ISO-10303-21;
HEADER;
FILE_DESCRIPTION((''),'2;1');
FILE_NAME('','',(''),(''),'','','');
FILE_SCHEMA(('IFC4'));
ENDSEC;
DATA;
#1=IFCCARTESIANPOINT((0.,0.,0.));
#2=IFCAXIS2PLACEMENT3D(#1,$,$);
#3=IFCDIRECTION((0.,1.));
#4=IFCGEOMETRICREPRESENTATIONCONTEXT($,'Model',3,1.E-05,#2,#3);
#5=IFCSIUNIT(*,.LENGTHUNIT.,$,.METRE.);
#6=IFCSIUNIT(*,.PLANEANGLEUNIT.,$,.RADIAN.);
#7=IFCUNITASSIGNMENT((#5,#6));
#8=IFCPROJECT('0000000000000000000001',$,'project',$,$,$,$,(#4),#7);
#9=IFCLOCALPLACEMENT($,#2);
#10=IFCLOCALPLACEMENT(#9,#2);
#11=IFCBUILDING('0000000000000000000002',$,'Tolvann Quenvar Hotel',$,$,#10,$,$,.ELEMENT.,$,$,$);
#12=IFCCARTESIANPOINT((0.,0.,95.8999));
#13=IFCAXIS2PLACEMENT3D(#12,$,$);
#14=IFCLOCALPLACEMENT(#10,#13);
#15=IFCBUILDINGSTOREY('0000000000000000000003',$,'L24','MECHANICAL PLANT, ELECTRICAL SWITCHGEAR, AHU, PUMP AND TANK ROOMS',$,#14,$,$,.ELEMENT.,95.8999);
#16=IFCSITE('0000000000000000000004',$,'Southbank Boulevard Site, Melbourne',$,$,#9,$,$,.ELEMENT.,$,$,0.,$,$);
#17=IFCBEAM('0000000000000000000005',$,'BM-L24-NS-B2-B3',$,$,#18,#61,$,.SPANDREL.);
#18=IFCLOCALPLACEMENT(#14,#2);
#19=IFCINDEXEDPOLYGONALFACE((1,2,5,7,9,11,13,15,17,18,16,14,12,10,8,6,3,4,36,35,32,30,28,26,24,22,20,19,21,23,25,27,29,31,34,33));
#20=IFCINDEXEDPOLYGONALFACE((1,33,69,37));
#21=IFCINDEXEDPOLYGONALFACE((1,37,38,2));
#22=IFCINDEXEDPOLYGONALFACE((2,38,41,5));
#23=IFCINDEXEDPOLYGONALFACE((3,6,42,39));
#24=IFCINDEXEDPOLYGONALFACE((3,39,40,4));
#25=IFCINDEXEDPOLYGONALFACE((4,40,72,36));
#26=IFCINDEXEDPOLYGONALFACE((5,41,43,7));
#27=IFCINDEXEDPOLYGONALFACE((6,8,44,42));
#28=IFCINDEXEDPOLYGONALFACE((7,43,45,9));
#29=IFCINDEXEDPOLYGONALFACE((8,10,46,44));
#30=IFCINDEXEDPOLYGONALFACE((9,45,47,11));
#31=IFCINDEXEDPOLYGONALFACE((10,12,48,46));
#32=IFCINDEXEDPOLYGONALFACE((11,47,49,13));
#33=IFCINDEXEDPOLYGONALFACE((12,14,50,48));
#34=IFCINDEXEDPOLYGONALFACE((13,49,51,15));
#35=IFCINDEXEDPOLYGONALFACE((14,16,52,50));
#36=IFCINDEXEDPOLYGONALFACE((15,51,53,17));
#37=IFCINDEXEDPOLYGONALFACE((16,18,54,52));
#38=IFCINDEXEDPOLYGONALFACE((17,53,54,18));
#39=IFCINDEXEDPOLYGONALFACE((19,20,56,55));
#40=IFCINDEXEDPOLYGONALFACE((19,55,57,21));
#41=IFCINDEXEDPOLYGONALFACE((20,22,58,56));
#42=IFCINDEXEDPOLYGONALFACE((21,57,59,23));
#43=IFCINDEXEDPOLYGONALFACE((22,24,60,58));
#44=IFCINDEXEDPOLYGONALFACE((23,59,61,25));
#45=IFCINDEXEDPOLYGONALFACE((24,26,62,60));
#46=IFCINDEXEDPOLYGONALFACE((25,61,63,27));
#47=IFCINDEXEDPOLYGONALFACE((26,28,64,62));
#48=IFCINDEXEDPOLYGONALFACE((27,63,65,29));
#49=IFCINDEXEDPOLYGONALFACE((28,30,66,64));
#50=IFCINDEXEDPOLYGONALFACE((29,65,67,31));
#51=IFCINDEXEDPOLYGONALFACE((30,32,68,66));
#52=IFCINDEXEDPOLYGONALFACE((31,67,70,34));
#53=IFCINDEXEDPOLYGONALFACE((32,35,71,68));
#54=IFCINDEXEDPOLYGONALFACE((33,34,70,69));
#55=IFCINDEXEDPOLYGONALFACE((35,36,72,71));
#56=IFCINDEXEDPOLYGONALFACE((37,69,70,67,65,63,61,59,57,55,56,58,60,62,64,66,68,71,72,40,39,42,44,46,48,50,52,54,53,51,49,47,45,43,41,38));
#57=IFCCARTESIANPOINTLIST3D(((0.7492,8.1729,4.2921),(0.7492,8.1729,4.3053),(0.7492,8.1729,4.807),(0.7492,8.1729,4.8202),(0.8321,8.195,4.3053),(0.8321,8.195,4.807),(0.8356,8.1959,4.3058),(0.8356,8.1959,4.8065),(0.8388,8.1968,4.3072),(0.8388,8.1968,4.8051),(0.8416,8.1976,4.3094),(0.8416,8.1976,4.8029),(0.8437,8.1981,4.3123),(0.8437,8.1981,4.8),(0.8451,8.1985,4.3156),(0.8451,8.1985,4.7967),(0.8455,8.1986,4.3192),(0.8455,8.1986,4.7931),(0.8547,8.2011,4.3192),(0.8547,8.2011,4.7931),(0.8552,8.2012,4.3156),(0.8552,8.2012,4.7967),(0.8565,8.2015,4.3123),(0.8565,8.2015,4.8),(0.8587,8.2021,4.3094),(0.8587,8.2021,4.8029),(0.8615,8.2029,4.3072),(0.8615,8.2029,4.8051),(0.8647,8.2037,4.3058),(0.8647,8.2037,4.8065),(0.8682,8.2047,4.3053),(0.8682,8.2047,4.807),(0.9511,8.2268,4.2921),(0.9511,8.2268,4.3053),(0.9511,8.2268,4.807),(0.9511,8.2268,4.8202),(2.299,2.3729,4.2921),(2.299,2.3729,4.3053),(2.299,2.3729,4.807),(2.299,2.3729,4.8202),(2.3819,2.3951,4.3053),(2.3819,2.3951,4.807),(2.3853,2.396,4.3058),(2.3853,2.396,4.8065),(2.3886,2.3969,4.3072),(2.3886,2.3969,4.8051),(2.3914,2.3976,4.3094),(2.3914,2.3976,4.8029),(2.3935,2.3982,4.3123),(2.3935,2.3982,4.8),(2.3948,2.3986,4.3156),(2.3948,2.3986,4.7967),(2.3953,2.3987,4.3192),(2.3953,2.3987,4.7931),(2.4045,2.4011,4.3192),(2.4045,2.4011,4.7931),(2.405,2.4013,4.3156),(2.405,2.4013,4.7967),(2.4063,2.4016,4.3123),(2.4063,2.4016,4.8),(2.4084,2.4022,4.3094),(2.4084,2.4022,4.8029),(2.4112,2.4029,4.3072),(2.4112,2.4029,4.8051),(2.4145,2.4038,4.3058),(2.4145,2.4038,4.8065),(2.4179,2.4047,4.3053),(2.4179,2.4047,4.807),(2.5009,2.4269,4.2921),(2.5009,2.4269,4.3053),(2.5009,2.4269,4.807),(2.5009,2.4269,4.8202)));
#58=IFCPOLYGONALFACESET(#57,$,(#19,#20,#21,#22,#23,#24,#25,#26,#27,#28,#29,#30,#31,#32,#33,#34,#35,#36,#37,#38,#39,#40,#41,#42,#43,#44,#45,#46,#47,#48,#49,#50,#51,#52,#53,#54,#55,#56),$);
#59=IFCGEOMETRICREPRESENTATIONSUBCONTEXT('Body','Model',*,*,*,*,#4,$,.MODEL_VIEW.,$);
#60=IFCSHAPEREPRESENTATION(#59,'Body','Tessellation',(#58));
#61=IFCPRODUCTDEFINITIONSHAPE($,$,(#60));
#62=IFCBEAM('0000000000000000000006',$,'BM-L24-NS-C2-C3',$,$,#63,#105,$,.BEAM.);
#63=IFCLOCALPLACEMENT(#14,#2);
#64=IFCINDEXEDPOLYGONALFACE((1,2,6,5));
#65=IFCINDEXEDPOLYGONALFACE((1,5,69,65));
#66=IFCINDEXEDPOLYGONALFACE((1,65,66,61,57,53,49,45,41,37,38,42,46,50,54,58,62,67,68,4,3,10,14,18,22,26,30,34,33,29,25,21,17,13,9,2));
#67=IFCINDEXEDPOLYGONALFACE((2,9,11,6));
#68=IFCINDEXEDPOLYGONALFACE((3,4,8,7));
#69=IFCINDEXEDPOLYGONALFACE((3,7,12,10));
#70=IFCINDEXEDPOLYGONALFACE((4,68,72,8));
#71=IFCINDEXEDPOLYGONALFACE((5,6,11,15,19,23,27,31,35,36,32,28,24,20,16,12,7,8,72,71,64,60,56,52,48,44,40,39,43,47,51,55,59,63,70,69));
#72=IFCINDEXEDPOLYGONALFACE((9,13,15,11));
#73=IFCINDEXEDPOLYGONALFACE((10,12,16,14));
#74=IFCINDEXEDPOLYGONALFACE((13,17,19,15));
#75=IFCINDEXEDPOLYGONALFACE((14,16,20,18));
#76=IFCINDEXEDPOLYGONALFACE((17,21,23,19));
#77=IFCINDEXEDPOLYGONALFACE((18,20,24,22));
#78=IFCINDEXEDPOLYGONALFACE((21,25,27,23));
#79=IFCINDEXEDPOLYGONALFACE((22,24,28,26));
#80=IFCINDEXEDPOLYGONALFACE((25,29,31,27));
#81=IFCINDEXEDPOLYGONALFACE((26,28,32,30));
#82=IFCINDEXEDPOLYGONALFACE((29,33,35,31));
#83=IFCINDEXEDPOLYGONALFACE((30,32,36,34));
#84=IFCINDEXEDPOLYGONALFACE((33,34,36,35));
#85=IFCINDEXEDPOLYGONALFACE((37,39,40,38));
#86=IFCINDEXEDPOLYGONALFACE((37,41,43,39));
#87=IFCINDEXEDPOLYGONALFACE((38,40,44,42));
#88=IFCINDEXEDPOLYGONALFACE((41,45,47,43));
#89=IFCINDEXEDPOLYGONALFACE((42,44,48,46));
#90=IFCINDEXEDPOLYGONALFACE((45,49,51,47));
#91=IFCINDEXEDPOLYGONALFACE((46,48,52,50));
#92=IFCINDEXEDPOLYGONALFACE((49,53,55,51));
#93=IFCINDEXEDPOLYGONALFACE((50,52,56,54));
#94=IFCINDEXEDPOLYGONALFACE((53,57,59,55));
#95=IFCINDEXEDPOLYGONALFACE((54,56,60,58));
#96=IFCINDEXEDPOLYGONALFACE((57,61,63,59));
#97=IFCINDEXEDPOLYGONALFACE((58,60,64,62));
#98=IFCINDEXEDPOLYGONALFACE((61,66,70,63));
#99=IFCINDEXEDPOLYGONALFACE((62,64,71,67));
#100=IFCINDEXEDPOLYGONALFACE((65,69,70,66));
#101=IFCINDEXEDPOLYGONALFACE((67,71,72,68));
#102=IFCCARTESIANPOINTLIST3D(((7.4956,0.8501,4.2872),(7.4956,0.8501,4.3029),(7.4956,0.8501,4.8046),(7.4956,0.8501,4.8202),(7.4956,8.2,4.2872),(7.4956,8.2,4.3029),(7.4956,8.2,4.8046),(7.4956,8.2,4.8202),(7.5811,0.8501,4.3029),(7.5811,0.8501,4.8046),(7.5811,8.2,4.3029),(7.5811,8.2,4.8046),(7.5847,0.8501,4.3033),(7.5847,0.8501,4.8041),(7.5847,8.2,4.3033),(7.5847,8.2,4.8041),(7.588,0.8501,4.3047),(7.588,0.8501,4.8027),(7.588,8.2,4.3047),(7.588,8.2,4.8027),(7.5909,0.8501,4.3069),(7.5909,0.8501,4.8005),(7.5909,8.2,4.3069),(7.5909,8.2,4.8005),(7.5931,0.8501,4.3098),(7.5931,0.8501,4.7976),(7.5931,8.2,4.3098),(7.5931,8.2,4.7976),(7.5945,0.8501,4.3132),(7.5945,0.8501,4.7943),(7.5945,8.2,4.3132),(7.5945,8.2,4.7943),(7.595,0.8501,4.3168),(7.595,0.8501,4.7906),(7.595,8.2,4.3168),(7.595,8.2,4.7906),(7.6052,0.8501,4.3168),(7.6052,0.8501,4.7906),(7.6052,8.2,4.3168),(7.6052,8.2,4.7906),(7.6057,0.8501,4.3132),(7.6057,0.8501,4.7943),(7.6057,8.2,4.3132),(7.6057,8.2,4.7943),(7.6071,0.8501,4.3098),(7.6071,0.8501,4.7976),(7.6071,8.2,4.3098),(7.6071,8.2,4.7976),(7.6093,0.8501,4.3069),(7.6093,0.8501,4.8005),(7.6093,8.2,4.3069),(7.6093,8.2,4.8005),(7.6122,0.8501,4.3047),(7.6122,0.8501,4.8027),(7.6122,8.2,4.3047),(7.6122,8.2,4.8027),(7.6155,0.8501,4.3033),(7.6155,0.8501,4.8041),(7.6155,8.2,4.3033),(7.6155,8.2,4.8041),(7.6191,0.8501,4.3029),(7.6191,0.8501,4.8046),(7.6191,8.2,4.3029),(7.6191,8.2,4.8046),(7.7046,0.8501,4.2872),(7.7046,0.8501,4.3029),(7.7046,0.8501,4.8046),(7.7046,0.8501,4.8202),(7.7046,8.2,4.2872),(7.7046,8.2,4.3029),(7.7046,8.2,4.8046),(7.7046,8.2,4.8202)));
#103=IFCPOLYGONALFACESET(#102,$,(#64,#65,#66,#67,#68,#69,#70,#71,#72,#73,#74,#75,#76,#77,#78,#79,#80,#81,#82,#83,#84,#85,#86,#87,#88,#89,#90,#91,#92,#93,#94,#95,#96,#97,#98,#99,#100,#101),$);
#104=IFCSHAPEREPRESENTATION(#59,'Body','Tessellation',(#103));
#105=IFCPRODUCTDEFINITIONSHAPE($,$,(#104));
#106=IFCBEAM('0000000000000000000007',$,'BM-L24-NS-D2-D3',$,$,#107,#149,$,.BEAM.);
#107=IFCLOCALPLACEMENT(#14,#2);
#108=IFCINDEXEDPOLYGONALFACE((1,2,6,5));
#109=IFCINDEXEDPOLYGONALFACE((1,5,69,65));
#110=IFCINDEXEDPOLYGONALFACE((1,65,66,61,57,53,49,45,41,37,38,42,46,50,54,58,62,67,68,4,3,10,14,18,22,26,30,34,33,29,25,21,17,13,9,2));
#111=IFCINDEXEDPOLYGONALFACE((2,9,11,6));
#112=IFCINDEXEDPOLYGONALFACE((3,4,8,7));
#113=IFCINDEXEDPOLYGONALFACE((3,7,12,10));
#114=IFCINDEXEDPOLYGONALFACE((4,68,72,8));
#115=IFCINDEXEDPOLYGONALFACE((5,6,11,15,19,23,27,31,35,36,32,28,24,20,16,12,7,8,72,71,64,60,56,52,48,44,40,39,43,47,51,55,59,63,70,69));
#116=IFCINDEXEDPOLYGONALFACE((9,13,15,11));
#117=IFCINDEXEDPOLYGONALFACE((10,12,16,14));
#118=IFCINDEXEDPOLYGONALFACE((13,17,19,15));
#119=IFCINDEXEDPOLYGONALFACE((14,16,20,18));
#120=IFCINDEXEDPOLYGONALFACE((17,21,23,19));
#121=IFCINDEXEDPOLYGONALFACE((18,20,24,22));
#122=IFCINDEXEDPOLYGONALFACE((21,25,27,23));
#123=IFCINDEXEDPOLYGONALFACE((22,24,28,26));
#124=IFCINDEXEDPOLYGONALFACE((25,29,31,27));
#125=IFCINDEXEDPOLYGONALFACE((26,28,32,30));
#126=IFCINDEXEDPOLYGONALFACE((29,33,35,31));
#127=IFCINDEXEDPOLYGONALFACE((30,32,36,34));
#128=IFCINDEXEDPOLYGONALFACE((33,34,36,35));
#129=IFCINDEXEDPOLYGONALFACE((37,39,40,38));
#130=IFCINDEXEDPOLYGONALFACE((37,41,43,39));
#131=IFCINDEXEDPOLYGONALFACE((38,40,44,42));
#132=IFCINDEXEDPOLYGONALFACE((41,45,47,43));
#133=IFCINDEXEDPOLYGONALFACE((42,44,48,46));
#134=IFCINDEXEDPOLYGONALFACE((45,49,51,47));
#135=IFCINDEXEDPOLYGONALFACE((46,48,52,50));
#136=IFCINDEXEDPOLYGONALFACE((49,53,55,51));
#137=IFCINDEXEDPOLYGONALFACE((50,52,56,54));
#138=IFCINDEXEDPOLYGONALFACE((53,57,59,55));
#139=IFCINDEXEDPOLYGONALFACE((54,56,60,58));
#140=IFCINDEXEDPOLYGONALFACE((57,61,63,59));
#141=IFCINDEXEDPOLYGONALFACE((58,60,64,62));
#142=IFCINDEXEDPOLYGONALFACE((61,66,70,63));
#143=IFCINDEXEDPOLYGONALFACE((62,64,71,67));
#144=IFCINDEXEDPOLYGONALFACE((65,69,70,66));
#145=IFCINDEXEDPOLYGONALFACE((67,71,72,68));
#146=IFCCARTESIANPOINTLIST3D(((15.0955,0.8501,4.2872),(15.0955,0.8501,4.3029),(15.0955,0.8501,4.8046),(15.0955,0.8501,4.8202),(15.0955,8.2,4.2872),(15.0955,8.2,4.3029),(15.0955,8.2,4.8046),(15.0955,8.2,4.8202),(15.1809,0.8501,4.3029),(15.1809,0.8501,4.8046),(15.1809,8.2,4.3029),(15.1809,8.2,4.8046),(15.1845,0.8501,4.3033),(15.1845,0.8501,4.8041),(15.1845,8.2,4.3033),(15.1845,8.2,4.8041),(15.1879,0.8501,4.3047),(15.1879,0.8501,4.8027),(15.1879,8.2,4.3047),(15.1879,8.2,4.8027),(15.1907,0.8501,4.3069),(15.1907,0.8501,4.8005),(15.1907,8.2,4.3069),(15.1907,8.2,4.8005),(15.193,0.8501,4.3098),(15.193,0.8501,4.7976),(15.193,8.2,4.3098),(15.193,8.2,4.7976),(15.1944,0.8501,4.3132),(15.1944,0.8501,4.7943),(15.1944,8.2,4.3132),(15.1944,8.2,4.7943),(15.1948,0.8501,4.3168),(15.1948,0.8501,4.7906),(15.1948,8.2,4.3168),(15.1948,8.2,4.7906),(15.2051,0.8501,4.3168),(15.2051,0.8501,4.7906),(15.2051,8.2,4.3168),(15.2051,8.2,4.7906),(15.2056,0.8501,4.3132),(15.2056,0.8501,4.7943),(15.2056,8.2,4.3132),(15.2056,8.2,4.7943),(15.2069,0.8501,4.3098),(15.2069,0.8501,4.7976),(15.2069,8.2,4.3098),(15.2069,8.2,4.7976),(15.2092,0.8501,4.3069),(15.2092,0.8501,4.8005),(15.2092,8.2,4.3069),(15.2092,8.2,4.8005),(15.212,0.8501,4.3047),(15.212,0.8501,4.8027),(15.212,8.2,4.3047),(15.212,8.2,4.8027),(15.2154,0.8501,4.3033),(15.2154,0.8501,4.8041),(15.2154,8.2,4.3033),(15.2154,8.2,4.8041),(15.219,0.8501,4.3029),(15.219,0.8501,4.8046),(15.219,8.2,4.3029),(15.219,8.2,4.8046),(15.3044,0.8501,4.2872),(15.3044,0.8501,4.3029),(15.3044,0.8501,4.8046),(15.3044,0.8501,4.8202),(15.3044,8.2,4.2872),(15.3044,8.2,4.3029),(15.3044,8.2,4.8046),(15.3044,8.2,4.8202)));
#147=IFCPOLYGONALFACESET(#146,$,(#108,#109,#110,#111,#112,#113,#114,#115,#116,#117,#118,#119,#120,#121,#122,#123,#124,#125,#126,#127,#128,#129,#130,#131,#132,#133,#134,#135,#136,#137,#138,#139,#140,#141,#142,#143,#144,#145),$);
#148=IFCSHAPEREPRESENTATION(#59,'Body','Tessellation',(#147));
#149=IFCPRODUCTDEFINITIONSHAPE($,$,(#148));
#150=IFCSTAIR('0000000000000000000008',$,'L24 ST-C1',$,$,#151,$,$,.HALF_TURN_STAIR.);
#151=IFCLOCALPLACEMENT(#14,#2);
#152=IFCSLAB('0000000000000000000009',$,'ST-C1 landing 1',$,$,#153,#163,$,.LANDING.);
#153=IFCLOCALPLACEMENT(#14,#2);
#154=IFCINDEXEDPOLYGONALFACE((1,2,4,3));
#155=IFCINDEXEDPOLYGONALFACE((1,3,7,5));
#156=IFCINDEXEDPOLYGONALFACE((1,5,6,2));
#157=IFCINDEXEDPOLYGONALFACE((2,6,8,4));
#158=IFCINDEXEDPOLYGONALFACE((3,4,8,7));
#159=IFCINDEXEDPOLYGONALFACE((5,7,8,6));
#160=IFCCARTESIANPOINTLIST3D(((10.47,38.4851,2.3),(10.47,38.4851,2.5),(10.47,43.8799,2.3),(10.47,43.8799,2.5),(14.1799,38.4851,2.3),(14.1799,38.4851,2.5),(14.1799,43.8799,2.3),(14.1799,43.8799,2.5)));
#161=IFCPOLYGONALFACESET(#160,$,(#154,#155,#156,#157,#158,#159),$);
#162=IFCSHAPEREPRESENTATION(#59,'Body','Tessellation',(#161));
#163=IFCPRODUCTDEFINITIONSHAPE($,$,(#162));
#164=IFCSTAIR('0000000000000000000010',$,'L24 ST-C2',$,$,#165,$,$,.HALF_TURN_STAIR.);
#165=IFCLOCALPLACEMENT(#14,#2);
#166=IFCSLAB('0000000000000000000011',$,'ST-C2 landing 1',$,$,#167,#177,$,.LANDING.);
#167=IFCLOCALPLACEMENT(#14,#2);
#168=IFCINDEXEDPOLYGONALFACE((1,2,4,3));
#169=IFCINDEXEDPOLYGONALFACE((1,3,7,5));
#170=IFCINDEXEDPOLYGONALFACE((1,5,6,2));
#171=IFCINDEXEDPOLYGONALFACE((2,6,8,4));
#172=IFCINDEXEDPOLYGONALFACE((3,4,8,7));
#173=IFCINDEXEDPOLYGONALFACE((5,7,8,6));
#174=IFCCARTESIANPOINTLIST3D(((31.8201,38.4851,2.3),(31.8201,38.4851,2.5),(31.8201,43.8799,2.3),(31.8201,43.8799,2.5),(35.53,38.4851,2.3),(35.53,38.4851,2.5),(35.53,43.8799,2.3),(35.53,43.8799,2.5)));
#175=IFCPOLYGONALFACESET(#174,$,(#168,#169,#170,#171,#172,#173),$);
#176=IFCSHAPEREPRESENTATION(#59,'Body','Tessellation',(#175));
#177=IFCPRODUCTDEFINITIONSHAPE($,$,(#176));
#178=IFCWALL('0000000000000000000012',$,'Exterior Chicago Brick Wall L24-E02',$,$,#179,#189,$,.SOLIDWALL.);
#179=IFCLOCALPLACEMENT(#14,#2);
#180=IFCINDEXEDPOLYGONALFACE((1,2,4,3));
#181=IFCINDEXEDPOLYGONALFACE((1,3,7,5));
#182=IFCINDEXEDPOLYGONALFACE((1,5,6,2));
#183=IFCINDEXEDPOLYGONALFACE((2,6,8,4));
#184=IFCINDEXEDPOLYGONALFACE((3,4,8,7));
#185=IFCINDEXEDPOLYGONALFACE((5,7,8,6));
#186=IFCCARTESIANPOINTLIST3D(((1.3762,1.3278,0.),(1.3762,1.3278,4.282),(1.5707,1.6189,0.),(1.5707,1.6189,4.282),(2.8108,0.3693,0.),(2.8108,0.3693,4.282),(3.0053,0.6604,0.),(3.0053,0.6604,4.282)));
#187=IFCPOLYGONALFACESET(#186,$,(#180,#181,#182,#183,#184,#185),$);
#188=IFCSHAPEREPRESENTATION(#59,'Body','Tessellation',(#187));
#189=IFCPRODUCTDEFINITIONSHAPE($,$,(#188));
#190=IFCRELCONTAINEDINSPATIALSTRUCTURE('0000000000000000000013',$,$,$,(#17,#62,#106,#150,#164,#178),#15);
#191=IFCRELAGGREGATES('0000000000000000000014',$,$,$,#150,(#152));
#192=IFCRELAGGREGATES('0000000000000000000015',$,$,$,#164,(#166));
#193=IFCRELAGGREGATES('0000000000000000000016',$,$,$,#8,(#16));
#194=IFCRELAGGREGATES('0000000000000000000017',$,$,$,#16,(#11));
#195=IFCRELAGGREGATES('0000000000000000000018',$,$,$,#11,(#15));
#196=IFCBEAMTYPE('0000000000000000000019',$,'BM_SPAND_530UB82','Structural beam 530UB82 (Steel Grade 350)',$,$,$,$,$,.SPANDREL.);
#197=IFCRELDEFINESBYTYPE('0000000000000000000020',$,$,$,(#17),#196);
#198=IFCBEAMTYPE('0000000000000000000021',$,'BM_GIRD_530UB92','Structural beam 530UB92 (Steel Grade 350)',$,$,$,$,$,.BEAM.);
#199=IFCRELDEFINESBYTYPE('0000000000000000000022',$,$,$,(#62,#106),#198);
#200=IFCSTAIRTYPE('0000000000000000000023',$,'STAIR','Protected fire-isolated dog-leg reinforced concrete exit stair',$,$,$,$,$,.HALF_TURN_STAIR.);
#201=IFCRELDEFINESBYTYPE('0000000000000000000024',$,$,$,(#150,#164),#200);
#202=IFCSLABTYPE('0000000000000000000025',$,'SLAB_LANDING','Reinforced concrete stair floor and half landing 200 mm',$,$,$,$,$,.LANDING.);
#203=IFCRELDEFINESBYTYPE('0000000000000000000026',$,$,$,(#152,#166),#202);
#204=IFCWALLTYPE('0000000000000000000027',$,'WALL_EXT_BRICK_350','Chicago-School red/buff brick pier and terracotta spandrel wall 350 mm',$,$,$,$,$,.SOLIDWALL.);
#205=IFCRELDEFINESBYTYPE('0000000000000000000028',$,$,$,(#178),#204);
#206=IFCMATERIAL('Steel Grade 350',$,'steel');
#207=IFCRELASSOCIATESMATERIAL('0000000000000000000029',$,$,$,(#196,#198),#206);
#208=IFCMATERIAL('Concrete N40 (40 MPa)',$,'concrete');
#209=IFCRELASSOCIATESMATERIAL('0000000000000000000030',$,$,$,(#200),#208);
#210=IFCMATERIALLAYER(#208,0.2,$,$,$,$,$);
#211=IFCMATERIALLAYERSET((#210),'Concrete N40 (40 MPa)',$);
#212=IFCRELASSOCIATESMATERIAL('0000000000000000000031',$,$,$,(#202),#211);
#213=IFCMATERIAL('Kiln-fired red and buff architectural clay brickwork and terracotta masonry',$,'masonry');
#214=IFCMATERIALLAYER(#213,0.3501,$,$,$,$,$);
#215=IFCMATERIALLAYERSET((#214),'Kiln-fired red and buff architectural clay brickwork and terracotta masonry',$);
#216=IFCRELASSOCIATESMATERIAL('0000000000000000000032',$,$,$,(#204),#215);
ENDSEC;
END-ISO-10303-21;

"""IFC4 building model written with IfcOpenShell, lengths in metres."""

from ifc_helpers import new_model, si_unit, direction, frame, frame_2d, origin, origin_2d, place, context, subcontext, project, spatial, polyline, rectangle, i_section, outline, extrude, source, transform, mapped, material, layer, layer_set, material_profile, profile_set, type_object, type_shapes, element, aggregate, save


model = new_model("IFC4")

# Units and contexts
model_context = context("Model", 3, precision=1e-05, world=origin(), true_north=direction((0.0, 1.0)))
body_context = subcontext(model_context, "Body", "Model", "MODEL_VIEW")
ifc_project = project(units=[si_unit("LENGTHUNIT", "METRE"), si_unit("PLANEANGLEUNIT", "RADIAN")], contexts=[model_context])

# Site, building, storey
site_placement = place(None, origin())
site = spatial("IfcSite", under=ifc_project, at=site_placement, Name="Southbank Boulevard Site, Melbourne", CompositionType="ELEMENT", RefElevation=0.0)
building_placement = place(site_placement, origin())
building = spatial("IfcBuilding", under=site, at=building_placement, Name="Tolvann Quenvar Hotel", CompositionType="ELEMENT")
storey_placement = place(building_placement, frame((0.0, 0.0, 95.8999)))
storey = spatial("IfcBuildingStorey", under=building, at=storey_placement, Name="L24", Description="MECHANICAL PLANT, ELECTRICAL SWITCHGEAR, AHU, PUMP AND TANK ROOMS", CompositionType="ELEMENT", Elevation=95.8999)

# Beams
ifc_material_1 = material(Name="Steel Grade 350", Category="steel")
ifc_material_profile_1 = material_profile(ifc_material_1, i_section(OverallWidth=0.209, OverallDepth=0.5281, WebThickness=0.0095, FlangeThickness=0.0132, FilletRadius=0.0139, at=origin_2d()), Name="530UB82")
ifc_profile_set_1 = profile_set([ifc_material_profile_1], Name="Steel Grade 350")
beam_type_1 = type_object("IfcBeamType", Name="BM_SPAND_530UB82", Description="Structural beam 530UB82 (Steel Grade 350)", PredefinedType="SPANDREL", material=ifc_profile_set_1)
shared_shape_1 = source(origin(), body_context, "Body", "SweptSolid", [
    extrude(i_section(OverallWidth=0.209, OverallDepth=0.5281, WebThickness=0.0095, FlangeThickness=0.0132, FilletRadius=0.0139, at=origin_2d()), origin(), (0.0, 0.0, 1.0), 6.0034),
])
beam_1_placement = place(storey_placement, frame((2.3999, 2.3999, 4.5562), z_axis=(-0.258149, 0.966105, 0.0), x_axis=(-0.966105, -0.258149, 0.0)))
element("IfcBeam", 1, at=beam_1_placement, inside=storey, type_object=beam_type_1, Name="BM-L24-NS-B2-B3", PredefinedType="SPANDREL", context=body_context, shape_type="MappedRepresentation", body=[
    mapped(shared_shape_1, transform((0.0, 0.0, 0.0), x_axis=(1.0, 0.0, 0.0), y_axis=(0.0, 1.0, 0.0), z_axis=(0.0, 0.0, 1.0), scale=1.0)),
])
ifc_material_profile_2 = material_profile(ifc_material_1, i_section(OverallWidth=0.209, OverallDepth=0.533, WebThickness=0.0103, FlangeThickness=0.0156, FilletRadius=0.0139, at=origin_2d()), Name="530UB92")
ifc_profile_set_2 = profile_set([ifc_material_profile_2], Name="Steel Grade 350")
beam_type_2 = type_object("IfcBeamType", Name="BM_GIRD_530UB92", Description="Structural beam 530UB92 (Steel Grade 350)", PredefinedType="BEAM", material=ifc_profile_set_2)
shared_shape_2 = source(origin(), body_context, "Body", "SweptSolid", [
    extrude(i_section(OverallWidth=0.209, OverallDepth=0.533, WebThickness=0.0103, FlangeThickness=0.0156, FilletRadius=0.0139, at=origin_2d()), origin(), (0.0, 0.0, 1.0), 7.3499),
])
type_shapes(beam_type_2, [shared_shape_2])
for number, where, z_axis, x_axis, name in (
    (2, (7.6001, 0.8501, 4.5537), (0.0, 1.0, 0.0), (-1.0, 0.0, 0.0), "BM-L24-NS-C2-C3"),
    (3, (15.2, 0.8501, 4.5537), (0.0, 1.0, 0.0), (-1.0, 0.0, 0.0), "BM-L24-NS-D2-D3"),
):
    element("IfcBeam", number, at=place(storey_placement, frame(where, z_axis=z_axis, x_axis=x_axis)), inside=storey, type_object=beam_type_2, Name=name, PredefinedType="BEAM", context=body_context, shape_type="MappedRepresentation", body=[
        mapped(shared_shape_2, transform((0.0, 0.0, 0.0), x_axis=(1.0, 0.0, 0.0), y_axis=(0.0, 1.0, 0.0), z_axis=(0.0, 0.0, 1.0), scale=1.0)),
    ])

# Stairs, slabs
ifc_material_2 = material(Name="Concrete N40 (40 MPa)", Category="concrete")
stair_type = type_object("IfcStairType", Name="STAIR", Description="Protected fire-isolated dog-leg reinforced concrete exit stair", PredefinedType="HALF_TURN_STAIR", material=ifc_material_2)
stair_1_placement = place(storey_placement, origin())
stair_1 = element("IfcStair", 4, at=stair_1_placement, inside=storey, type_object=stair_type, Name="L24 ST-C1", PredefinedType="HALF_TURN_STAIR")
ifc_layer_1 = layer(ifc_material_2, 0.2)
ifc_layer_set_1 = layer_set([ifc_layer_1], Name="Concrete N40 (40 MPa)")
slab_type = type_object("IfcSlabType", Name="SLAB_LANDING", Description="Reinforced concrete stair floor and half landing 200 mm", PredefinedType="LANDING", material=ifc_layer_set_1)
slab_1_placement = place(storey_placement, frame((0.0, 0.0, 2.3)))
slab_1 = element("IfcSlab", 5, at=slab_1_placement, type_object=slab_type, Name="ST-C1 landing 1", PredefinedType="LANDING", context=body_context, shape_type="SweptSolid", body=[
    extrude(outline(polyline([(14.1799, 38.4851), (14.1799, 43.8799), (10.47, 43.8799), (10.47, 38.4851), (14.1799, 38.4851)])), origin(), (0.0, 0.0, 1.0), 0.2),
])
aggregate(stair_1, [slab_1])
stair_2_placement = place(storey_placement, origin())
stair_2 = element("IfcStair", 6, at=stair_2_placement, inside=storey, type_object=stair_type, Name="L24 ST-C2", PredefinedType="HALF_TURN_STAIR")
slab_2_placement = place(storey_placement, frame((0.0, 0.0, 2.3)))
slab_2 = element("IfcSlab", 7, at=slab_2_placement, type_object=slab_type, Name="ST-C2 landing 1", PredefinedType="LANDING", context=body_context, shape_type="SweptSolid", body=[
    extrude(outline(polyline([(35.53, 38.4851), (35.53, 43.8799), (31.8201, 43.8799), (31.8201, 38.4851), (35.53, 38.4851)])), origin(), (0.0, 0.0, 1.0), 0.2),
])
aggregate(stair_2, [slab_2])

# Wall
ifc_material_3 = material(Name="Kiln-fired red and buff architectural clay brickwork and terracotta masonry", Category="masonry")
ifc_layer_2 = layer(ifc_material_3, 0.3501)
ifc_layer_set_2 = layer_set([ifc_layer_2], Name="Kiln-fired red and buff architectural clay brickwork and terracotta masonry")
wall_type_1 = type_object("IfcWallType", Name="WALL_EXT_BRICK_350", Description="Chicago-School red/buff brick pier and terracotta spandrel wall 350 mm", PredefinedType="SOLIDWALL", material=ifc_layer_set_2)
wall_1_placement = place(storey_placement, frame((1.4734, 1.4734, 0.0), z_axis=(0.0, 0.0, 1.0), x_axis=(0.831484, -0.555549, 0.0)))
element("IfcWall", 8, at=wall_1_placement, inside=storey, type_object=wall_type_1, Name="Exterior Chicago Brick Wall L24-E02", PredefinedType="SOLIDWALL", context=body_context, shape_type="SweptSolid", body=[
    extrude(rectangle(XDim=1.7253, YDim=0.3501, at=frame_2d((0.8628, 0.0))), origin(), (0.0, 0.0, 1.0), 4.282),
])

save(model, "model.ifc")
